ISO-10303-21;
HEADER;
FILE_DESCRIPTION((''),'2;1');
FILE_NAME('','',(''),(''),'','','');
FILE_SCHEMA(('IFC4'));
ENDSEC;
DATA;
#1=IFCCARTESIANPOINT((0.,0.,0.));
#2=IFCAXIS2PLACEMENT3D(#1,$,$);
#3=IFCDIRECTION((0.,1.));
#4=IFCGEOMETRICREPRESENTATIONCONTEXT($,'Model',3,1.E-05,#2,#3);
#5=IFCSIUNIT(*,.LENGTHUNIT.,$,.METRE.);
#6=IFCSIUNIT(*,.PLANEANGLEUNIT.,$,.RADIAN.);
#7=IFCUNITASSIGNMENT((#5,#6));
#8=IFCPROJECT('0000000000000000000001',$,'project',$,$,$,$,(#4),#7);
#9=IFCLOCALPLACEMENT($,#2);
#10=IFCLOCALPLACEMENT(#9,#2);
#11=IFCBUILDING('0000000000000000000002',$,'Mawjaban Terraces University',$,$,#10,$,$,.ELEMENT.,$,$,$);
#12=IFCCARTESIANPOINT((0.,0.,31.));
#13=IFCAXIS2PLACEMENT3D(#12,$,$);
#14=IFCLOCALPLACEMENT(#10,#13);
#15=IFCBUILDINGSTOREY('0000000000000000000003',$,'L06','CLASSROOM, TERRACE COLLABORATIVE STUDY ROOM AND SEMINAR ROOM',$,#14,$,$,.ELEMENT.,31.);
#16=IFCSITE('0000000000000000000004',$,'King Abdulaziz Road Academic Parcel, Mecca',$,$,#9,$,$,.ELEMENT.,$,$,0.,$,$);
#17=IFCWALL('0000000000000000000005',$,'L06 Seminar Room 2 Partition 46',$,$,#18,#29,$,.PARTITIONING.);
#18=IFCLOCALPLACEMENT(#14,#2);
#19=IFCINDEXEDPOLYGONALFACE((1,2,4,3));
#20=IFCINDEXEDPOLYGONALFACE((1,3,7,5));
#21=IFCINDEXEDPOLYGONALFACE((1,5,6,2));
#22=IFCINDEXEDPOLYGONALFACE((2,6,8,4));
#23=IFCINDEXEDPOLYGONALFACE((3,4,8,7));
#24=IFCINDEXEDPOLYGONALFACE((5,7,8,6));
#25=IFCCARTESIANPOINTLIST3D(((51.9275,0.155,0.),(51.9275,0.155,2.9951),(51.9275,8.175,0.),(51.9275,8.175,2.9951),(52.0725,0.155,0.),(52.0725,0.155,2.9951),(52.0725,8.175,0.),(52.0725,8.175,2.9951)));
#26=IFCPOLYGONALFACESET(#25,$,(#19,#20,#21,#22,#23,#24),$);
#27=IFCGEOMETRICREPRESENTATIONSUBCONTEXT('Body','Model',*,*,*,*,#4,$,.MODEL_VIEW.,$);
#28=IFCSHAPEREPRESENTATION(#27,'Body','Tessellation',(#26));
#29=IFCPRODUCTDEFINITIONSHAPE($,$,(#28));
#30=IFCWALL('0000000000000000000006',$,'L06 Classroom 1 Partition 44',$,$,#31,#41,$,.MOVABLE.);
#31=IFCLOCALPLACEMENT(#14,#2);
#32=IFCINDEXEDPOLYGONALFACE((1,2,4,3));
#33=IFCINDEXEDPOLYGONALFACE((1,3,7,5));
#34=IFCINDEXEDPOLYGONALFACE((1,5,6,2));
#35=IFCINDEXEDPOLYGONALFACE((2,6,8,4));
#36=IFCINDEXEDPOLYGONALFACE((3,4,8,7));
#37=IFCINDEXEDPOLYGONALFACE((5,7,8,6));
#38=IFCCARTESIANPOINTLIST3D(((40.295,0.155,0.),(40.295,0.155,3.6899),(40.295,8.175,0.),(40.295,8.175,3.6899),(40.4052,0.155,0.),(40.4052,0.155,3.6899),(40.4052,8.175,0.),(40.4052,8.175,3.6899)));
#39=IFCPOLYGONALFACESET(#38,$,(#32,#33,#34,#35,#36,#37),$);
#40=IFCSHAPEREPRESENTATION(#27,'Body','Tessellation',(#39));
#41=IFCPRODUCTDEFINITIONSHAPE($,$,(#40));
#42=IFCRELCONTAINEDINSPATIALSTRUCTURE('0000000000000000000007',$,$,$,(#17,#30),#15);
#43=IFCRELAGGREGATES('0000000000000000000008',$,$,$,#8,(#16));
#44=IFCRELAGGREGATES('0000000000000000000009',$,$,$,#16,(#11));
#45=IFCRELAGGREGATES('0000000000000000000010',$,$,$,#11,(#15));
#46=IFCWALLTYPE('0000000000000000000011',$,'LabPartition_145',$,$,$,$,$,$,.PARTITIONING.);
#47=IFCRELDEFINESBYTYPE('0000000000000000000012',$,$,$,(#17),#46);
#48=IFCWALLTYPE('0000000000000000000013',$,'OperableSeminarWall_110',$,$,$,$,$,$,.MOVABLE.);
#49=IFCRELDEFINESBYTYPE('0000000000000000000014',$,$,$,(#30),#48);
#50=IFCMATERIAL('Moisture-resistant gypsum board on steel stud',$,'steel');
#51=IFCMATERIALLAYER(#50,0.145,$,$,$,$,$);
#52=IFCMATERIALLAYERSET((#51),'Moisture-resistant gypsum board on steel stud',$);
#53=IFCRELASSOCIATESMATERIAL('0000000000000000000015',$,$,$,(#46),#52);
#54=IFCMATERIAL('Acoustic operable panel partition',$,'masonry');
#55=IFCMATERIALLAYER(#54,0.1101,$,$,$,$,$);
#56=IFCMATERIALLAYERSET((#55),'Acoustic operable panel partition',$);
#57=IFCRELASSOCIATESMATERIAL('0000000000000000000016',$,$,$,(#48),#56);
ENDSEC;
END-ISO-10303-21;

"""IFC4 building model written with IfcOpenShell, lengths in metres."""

from ifc_helpers import new_model, si_unit, direction, frame, frame_2d, origin, place, context, subcontext, project, spatial, rectangle, extrude, material, layer, layer_set, type_object, element, save


model = new_model("IFC4")

# Units and contexts
model_context = context("Model", 3, precision=1e-05, world=origin(), true_north=direction((0.0, 1.0)))
body_context = subcontext(model_context, "Body", "Model", "MODEL_VIEW")
ifc_project = project(units=[si_unit("LENGTHUNIT", "METRE"), si_unit("PLANEANGLEUNIT", "RADIAN")], contexts=[model_context])

# Site, building, storey
site_placement = place(None, origin())
site = spatial("IfcSite", under=ifc_project, at=site_placement, Name="King Abdulaziz Road Academic Parcel, Mecca", CompositionType="ELEMENT", RefElevation=0.0)
building_placement = place(site_placement, origin())
building = spatial("IfcBuilding", under=site, at=building_placement, Name="Mawjaban Terraces University", CompositionType="ELEMENT")
storey_placement = place(building_placement, frame((0.0, 0.0, 31.0)))
storey = spatial("IfcBuildingStorey", under=building, at=storey_placement, Name="L06", Description="CLASSROOM, TERRACE COLLABORATIVE STUDY ROOM AND SEMINAR ROOM", CompositionType="ELEMENT", Elevation=31.0)

# Walls
ifc_material_1 = material(Name="Moisture-resistant gypsum board on steel stud", Category="steel")
ifc_layer_1 = layer(ifc_material_1, 0.145)
ifc_layer_set_1 = layer_set([ifc_layer_1], Name="Moisture-resistant gypsum board on steel stud")
wall_type_1 = type_object("IfcWallType", Name="LabPartition_145", PredefinedType="PARTITIONING", material=ifc_layer_set_1)
wall_1_placement = place(storey_placement, frame((52.0, 0.155, 0.0), z_axis=(0.0, 0.0, 1.0), x_axis=(0.0, 1.0, 0.0)))
element("IfcWall", 1, at=wall_1_placement, inside=storey, type_object=wall_type_1, Name="L06 Seminar Room 2 Partition 46", PredefinedType="PARTITIONING", context=body_context, shape_type="SweptSolid", body=[
    extrude(rectangle(XDim=8.02, YDim=0.145, at=frame_2d((4.01, 0.0))), origin(), (0.0, 0.0, 1.0), 2.9951),
])
ifc_material_2 = material(Name="Acoustic operable panel partition", Category="masonry")
ifc_layer_2 = layer(ifc_material_2, 0.1101)
ifc_layer_set_2 = layer_set([ifc_layer_2], Name="Acoustic operable panel partition")
wall_type_2 = type_object("IfcWallType", Name="OperableSeminarWall_110", PredefinedType="MOVABLE", material=ifc_layer_set_2)
wall_2_placement = place(storey_placement, frame((40.3501, 0.155, 0.0), z_axis=(0.0, 0.0, 1.0), x_axis=(0.0, 1.0, 0.0)))
element("IfcWall", 2, at=wall_2_placement, inside=storey, type_object=wall_type_2, Name="L06 Classroom 1 Partition 44", PredefinedType="MOVABLE", context=body_context, shape_type="SweptSolid", body=[
    extrude(rectangle(XDim=8.02, YDim=0.1101, at=frame_2d((4.01, 0.0))), origin(), (0.0, 0.0, 1.0), 3.6899),
])

save(model, "model.ifc")
